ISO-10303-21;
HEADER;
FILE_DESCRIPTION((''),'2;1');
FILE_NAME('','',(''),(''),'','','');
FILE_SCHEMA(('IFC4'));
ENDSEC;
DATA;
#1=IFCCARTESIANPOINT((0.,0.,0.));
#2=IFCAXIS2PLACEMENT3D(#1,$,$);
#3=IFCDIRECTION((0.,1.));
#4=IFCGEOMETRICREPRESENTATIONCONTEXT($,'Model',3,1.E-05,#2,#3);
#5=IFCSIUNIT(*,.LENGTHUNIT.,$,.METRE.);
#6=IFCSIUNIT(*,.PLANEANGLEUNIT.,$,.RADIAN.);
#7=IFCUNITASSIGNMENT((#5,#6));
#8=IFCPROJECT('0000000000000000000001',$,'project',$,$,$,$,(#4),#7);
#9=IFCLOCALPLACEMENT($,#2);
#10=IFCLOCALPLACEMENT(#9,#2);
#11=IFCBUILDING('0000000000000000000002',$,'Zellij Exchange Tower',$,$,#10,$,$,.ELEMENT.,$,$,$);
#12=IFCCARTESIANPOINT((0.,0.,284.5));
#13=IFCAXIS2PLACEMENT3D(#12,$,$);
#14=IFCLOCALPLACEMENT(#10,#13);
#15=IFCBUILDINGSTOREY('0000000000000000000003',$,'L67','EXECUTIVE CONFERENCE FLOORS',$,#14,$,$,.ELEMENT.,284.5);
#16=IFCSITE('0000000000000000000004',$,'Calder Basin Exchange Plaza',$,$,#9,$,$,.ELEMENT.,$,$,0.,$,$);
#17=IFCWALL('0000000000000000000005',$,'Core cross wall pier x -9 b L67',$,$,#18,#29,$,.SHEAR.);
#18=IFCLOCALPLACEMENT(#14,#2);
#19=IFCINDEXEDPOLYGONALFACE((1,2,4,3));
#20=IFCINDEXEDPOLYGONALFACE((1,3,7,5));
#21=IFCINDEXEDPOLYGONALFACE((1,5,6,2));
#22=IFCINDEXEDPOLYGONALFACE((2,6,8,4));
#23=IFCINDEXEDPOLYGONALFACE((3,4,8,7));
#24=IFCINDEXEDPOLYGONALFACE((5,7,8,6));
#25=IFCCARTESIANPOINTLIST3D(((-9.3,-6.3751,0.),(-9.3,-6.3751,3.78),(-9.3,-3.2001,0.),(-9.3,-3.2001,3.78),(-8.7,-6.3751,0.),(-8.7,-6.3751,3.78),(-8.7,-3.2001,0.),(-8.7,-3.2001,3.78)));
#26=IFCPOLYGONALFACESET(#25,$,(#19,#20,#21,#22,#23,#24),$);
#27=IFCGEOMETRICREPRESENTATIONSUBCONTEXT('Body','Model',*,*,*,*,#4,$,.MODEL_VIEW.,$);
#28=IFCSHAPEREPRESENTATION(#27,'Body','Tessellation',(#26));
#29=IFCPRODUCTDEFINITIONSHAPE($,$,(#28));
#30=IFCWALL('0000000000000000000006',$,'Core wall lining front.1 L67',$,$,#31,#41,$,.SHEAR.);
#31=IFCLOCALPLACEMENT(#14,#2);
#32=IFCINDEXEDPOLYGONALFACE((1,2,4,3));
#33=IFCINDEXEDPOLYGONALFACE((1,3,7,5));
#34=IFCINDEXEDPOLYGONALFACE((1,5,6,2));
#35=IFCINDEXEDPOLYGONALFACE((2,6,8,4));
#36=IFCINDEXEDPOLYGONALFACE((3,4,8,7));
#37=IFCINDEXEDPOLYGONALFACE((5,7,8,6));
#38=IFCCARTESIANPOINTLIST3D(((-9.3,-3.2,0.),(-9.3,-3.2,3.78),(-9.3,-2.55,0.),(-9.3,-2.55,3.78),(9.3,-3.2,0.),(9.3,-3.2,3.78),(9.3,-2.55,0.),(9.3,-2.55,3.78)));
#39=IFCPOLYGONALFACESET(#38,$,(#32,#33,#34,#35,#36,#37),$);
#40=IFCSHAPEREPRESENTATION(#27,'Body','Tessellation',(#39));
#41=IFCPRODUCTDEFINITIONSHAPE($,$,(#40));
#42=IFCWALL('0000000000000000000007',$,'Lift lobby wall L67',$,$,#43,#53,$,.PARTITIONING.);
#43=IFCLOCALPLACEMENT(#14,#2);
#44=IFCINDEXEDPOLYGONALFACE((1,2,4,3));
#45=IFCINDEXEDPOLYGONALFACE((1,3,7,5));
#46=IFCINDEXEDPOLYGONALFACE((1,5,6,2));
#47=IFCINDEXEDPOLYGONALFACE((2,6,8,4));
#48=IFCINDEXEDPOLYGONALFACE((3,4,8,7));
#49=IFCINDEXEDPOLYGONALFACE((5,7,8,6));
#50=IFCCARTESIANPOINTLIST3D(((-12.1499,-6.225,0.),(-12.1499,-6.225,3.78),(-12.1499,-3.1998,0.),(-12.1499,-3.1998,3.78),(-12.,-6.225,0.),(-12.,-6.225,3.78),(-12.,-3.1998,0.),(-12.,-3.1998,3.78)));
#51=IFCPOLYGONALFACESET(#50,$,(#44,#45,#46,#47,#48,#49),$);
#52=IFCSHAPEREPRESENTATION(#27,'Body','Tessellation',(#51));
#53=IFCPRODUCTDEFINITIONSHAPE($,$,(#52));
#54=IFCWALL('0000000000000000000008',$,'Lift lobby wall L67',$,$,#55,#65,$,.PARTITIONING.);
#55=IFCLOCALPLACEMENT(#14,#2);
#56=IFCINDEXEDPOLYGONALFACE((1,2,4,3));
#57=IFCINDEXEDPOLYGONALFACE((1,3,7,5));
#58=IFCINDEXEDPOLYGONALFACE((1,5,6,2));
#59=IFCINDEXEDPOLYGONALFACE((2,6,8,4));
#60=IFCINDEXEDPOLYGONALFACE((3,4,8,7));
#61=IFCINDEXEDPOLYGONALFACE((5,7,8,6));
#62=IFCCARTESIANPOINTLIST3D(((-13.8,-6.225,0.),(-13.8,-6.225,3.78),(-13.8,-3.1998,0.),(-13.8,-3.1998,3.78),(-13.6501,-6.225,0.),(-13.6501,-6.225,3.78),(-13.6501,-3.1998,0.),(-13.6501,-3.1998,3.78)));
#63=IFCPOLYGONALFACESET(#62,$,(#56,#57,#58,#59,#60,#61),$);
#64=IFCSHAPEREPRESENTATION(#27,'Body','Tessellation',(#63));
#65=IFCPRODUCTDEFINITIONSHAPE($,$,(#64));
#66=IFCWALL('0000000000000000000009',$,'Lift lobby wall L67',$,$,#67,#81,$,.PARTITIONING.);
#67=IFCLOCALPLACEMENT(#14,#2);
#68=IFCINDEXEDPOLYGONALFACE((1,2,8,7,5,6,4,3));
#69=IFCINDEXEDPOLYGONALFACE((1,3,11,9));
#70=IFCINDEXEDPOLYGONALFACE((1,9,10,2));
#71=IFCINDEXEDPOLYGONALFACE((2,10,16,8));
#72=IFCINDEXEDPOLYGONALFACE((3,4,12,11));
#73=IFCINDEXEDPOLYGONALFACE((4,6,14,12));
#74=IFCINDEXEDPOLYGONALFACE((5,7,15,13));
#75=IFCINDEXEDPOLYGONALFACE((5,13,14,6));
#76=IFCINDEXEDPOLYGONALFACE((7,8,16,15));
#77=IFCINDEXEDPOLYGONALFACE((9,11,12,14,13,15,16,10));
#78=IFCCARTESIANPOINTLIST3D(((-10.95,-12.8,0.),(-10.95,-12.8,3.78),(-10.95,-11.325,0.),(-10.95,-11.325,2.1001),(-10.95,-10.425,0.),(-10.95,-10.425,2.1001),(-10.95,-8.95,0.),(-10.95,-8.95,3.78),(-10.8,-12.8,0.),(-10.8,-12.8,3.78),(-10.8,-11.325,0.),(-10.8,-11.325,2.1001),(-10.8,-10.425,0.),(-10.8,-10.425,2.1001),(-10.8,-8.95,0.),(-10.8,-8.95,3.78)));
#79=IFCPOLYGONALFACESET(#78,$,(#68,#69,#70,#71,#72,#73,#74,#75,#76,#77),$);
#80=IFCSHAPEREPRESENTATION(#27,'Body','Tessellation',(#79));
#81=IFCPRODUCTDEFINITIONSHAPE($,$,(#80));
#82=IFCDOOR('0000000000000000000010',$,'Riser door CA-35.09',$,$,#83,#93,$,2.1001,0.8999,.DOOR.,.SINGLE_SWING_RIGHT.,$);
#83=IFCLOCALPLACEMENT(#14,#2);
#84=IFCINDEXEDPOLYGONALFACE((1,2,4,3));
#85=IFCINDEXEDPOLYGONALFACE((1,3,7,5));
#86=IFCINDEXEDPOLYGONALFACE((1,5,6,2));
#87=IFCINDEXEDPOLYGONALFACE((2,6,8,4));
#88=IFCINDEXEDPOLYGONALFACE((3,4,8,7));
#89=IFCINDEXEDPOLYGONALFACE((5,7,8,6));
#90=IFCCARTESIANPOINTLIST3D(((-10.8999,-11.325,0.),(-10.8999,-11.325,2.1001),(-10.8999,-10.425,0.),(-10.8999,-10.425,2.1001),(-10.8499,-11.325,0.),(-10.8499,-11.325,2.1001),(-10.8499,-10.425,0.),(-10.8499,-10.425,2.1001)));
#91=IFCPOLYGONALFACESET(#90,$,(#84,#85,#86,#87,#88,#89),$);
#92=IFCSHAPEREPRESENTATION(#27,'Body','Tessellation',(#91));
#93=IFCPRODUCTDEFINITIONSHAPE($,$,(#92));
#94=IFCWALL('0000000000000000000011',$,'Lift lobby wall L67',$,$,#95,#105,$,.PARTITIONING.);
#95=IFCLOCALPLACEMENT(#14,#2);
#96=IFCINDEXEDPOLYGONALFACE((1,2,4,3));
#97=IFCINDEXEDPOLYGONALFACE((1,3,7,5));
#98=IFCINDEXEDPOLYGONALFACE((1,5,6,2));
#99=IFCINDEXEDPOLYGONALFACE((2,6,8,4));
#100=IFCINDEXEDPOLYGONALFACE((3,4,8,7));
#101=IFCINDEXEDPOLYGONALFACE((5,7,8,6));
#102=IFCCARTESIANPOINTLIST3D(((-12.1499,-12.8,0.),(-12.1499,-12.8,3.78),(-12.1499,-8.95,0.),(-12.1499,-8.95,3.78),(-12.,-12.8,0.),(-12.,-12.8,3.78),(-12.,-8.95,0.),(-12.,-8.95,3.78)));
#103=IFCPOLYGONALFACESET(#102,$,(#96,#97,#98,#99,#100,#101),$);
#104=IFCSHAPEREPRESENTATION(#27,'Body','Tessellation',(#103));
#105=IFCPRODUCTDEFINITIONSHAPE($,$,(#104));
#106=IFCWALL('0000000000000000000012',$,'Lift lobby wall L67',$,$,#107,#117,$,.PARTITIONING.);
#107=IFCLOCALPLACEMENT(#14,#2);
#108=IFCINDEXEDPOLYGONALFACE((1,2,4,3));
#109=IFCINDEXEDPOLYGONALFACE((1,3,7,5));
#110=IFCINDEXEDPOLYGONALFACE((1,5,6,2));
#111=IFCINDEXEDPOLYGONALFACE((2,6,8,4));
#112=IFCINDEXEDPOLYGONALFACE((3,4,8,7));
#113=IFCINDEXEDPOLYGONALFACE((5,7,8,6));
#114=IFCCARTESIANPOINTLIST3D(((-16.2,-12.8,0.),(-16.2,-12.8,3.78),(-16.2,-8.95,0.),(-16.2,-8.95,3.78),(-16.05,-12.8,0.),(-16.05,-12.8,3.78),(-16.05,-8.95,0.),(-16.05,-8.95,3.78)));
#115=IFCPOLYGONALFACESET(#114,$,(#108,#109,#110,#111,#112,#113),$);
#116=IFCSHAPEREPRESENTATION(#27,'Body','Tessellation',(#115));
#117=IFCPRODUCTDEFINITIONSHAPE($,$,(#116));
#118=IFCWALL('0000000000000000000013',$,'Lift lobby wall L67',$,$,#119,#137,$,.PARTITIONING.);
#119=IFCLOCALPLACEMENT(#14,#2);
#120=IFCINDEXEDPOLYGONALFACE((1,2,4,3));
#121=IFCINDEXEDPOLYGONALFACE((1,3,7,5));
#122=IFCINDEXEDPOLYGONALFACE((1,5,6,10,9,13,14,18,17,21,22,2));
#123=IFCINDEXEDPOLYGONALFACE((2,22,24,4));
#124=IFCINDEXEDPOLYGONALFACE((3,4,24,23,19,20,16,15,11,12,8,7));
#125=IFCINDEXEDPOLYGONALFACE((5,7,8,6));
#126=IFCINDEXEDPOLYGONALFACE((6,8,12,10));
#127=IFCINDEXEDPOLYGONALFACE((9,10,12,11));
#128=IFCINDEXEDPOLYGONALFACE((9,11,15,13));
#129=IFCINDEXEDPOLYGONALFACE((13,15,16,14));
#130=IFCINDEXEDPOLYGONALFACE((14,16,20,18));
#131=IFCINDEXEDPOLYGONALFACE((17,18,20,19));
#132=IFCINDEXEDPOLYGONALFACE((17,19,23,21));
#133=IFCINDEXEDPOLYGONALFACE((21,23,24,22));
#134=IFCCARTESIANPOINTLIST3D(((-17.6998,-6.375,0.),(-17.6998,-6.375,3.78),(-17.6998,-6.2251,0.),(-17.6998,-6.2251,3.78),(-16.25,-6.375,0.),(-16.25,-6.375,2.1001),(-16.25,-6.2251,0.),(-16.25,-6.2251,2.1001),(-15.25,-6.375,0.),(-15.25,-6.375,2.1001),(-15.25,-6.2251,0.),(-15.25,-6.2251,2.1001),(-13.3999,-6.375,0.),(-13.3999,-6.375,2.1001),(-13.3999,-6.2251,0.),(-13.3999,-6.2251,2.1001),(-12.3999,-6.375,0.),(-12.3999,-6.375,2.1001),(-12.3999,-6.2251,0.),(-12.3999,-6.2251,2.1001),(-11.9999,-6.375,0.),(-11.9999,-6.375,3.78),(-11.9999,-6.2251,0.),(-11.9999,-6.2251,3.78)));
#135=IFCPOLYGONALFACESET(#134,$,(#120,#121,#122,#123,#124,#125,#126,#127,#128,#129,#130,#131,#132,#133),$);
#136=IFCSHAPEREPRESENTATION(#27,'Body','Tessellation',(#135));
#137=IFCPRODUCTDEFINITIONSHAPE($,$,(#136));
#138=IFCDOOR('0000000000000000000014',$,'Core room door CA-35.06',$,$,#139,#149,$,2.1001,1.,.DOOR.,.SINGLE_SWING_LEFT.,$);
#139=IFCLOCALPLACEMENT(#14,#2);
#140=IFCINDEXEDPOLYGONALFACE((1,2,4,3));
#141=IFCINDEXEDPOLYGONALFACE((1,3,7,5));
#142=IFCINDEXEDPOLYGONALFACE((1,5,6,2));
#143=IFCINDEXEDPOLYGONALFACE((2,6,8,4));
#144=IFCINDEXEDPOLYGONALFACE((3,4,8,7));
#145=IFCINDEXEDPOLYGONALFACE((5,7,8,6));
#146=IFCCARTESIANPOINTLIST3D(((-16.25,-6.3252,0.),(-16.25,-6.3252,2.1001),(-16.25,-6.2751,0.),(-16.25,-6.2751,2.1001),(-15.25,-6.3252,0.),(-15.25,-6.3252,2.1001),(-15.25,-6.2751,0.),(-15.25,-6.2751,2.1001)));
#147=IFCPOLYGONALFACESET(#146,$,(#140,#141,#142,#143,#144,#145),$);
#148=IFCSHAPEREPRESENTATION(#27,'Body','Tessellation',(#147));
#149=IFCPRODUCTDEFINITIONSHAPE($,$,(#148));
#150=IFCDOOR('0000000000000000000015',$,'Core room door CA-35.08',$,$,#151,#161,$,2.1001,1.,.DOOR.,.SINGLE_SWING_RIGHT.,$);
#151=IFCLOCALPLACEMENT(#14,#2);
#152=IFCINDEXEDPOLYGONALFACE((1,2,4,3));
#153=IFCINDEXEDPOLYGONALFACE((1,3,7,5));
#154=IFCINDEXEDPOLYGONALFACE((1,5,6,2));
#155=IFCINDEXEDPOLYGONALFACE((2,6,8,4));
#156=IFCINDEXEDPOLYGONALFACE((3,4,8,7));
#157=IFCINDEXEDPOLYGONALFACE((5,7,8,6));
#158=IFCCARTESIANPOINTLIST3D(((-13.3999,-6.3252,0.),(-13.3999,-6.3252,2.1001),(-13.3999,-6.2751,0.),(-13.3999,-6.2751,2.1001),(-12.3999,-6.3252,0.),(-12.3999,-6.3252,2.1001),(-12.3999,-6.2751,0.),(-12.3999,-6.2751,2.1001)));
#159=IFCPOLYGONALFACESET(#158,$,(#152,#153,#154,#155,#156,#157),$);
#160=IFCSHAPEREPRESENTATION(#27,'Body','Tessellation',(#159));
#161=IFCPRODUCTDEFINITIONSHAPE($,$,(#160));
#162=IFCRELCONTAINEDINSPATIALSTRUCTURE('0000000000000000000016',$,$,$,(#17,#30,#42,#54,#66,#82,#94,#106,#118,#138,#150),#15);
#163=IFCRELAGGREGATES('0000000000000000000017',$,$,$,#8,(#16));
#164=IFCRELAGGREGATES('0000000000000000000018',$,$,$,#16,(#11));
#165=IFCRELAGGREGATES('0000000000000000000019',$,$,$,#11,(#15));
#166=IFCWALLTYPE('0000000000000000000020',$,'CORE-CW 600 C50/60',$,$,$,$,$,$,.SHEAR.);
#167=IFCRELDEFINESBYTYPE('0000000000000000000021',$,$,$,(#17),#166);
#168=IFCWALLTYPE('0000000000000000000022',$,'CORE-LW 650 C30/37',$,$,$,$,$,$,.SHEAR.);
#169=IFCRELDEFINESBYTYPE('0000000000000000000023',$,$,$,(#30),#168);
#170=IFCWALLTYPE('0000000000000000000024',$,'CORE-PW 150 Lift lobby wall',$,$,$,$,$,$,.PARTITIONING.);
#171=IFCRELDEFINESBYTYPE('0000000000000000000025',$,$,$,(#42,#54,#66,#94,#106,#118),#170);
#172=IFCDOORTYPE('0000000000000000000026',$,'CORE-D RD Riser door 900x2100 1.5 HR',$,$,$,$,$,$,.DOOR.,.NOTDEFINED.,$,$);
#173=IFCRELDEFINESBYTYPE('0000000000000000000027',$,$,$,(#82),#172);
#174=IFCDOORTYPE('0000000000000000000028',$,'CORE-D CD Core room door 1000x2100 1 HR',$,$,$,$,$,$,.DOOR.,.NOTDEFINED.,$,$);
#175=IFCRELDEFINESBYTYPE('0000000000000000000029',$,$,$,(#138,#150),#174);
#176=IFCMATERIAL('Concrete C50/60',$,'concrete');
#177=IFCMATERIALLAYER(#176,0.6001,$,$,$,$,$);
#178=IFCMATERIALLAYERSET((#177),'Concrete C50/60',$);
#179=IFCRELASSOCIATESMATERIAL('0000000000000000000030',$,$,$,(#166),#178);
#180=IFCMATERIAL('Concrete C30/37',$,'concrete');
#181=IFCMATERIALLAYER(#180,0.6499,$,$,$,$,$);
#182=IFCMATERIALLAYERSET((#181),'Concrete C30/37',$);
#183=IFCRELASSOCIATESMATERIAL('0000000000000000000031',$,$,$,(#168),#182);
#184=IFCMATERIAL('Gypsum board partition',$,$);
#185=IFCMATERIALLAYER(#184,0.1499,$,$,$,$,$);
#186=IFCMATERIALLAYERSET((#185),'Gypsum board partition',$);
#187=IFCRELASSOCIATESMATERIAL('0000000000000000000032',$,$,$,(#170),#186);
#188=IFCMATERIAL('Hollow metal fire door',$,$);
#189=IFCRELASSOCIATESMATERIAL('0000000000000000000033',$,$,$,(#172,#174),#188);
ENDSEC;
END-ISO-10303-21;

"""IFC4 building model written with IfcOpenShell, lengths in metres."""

from ifc_helpers import new_model, si_unit, direction, frame, frame_2d, origin, place, context, subcontext, project, spatial, rectangle, extrude, material, layer, layer_set, type_object, element, fill, save


model = new_model("IFC4")

# Units and contexts
model_context = context("Model", 3, precision=1e-05, world=origin(), true_north=direction((0.0, 1.0)))
body_context = subcontext(model_context, "Body", "Model", "MODEL_VIEW")
ifc_project = project(units=[si_unit("LENGTHUNIT", "METRE"), si_unit("PLANEANGLEUNIT", "RADIAN")], contexts=[model_context])

# Site, building, storey
site_placement = place(None, origin())
site = spatial("IfcSite", under=ifc_project, at=site_placement, Name="Calder Basin Exchange Plaza", CompositionType="ELEMENT", RefElevation=0.0)
building_placement = place(site_placement, origin())
building = spatial("IfcBuilding", under=site, at=building_placement, Name="Zellij Exchange Tower", CompositionType="ELEMENT")
storey_placement = place(building_placement, frame((0.0, 0.0, 284.5)))
storey = spatial("IfcBuildingStorey", under=building, at=storey_placement, Name="L67", Description="EXECUTIVE CONFERENCE FLOORS", CompositionType="ELEMENT", Elevation=284.5)

# Shared definitions
ifc_material_1 = material(Name="Concrete C50/60", Category="concrete")

# Walls
ifc_layer_1 = layer(ifc_material_1, 0.6001)
ifc_layer_set_1 = layer_set([ifc_layer_1], Name="Concrete C50/60")
wall_type_1 = type_object("IfcWallType", Name="CORE-CW 600 C50/60", PredefinedType="SHEAR", material=ifc_layer_set_1)
wall_1_placement = place(storey_placement, frame((-9.0, -6.375, 0.0), z_axis=(0.0, 0.0, 1.0), x_axis=(0.0, 1.0, 0.0)))
element("IfcWall", 1, at=wall_1_placement, inside=storey, type_object=wall_type_1, Name="Core cross wall pier x -9 b L67", PredefinedType="SHEAR", context=body_context, shape_type="SweptSolid", body=[
    extrude(rectangle(XDim=3.175, YDim=0.6001, at=frame_2d((1.5874, 0.0))), origin(), (0.0, 0.0, 1.0), 3.78),
])
ifc_material_2 = material(Name="Concrete C30/37", Category="concrete")
ifc_layer_2 = layer(ifc_material_2, 0.6499)
ifc_layer_set_2 = layer_set([ifc_layer_2], Name="Concrete C30/37")
wall_type_2 = type_object("IfcWallType", Name="CORE-LW 650 C30/37", PredefinedType="SHEAR", material=ifc_layer_set_2)
wall_2_placement = place(storey_placement, frame((-9.3, -2.875, 0.0), z_axis=(0.0, 0.0, 1.0), x_axis=(1.0, 0.0, 0.0)))
element("IfcWall", 2, at=wall_2_placement, inside=storey, type_object=wall_type_2, Name="Core wall lining front.1 L67", PredefinedType="SHEAR", context=body_context, shape_type="SweptSolid", body=[
    extrude(rectangle(XDim=18.6001, YDim=0.6499, at=frame_2d((9.3, 0.0))), origin(), (0.0, 0.0, 1.0), 3.78),
])
ifc_material_3 = material(Name="Gypsum board partition")
ifc_layer_3 = layer(ifc_material_3, 0.1499)
ifc_layer_set_3 = layer_set([ifc_layer_3], Name="Gypsum board partition")
wall_type_3 = type_object("IfcWallType", Name="CORE-PW 150 Lift lobby wall", PredefinedType="PARTITIONING", material=ifc_layer_set_3)
for number, where, z_axis, x_axis, name in (
    (3, (-12.075, -6.2251, 0.0), (0.0, 0.0, 1.0), (0.0, 1.0, 0.0), "Lift lobby wall L67"),
    (4, (-13.7251, -6.2251, 0.0), (0.0, 0.0, 1.0), (0.0, 1.0, 0.0), "Lift lobby wall L67"),
):
    element("IfcWall", number, at=place(storey_placement, frame(where, z_axis=z_axis, x_axis=x_axis)), inside=storey, type_object=wall_type_3, Name=name, PredefinedType="PARTITIONING", context=body_context, shape_type="SweptSolid", body=[
        extrude(rectangle(XDim=3.0251, YDim=0.1499, at=frame_2d((1.5127, 0.0))), origin(), (0.0, 0.0, 1.0), 3.78),
    ])

# Wall, opening, door
wall_3_placement = place(storey_placement, frame((-10.875, -12.8, 0.0), z_axis=(0.0, 0.0, 1.0), x_axis=(0.0, 1.0, 0.0)))
wall_3 = element("IfcWall", 5, at=wall_3_placement, inside=storey, type_object=wall_type_3, Name="Lift lobby wall L67", PredefinedType="PARTITIONING", context=body_context, shape_type="SweptSolid", body=[
    extrude(rectangle(XDim=3.8501, YDim=0.1499, at=frame_2d((1.925, 0.0))), origin(), (0.0, 0.0, 1.0), 3.78),
])
opening_1_placement = place(wall_3_placement, frame((1.4751, 0.0, 0.0)))
opening_1 = element("IfcOpeningElement", 6, at=opening_1_placement, cuts=wall_3, PredefinedType="OPENING", context=body_context, shape_type="SweptSolid", body=[
    extrude(rectangle(XDim=0.8999, YDim=2.1001, at=frame_2d((0.45, 1.05))), frame((0.0, 0.0869, 0.0), z_axis=(0.0, -1.0, 0.0), x_axis=(1.0, 0.0, 0.0)), (0.0, 0.0, 1.0), 0.1738),
])
ifc_material_4 = material(Name="Hollow metal fire door")
door_type_1 = type_object("IfcDoorType", Name="CORE-D RD Riser door 900x2100 1.5 HR", OperationType="NOTDEFINED", PredefinedType="DOOR", material=ifc_material_4)
door_1_placement = place(opening_1_placement, origin())
door_1 = element("IfcDoor", 7, at=door_1_placement, inside=storey, type_object=door_type_1, Name="Riser door CA-35.09", OperationType="SINGLE_SWING_RIGHT", OverallHeight=2.1001, OverallWidth=0.8999, PredefinedType="DOOR", context=body_context, shape_type="SweptSolid", body=[
    extrude(rectangle(XDim=0.8999, YDim=2.1001, at=frame_2d((0.45, 1.05))), frame((0.0, 0.0249, 0.0), z_axis=(0.0, -1.0, 0.0), x_axis=(1.0, 0.0, 0.0)), (0.0, 0.0, 1.0), 0.05),
])
fill(opening_1, door_1)

# Walls
for number, where, z_axis, x_axis, name in (
    (8, (-12.075, -12.8, 0.0), (0.0, 0.0, 1.0), (0.0, 1.0, 0.0), "Lift lobby wall L67"),
    (9, (-16.125, -12.8, 0.0), (0.0, 0.0, 1.0), (0.0, 1.0, 0.0), "Lift lobby wall L67"),
):
    element("IfcWall", number, at=place(storey_placement, frame(where, z_axis=z_axis, x_axis=x_axis)), inside=storey, type_object=wall_type_3, Name=name, PredefinedType="PARTITIONING", context=body_context, shape_type="SweptSolid", body=[
        extrude(rectangle(XDim=3.8501, YDim=0.1499, at=frame_2d((1.925, 0.0))), origin(), (0.0, 0.0, 1.0), 3.78),
    ])

# Wall, openings, doors
wall_4_placement = place(storey_placement, frame((-17.7, -6.3, 0.0), z_axis=(0.0, 0.0, 1.0), x_axis=(1.0, 0.0, 0.0)))
wall_4 = element("IfcWall", 10, at=wall_4_placement, inside=storey, type_object=wall_type_3, Name="Lift lobby wall L67", PredefinedType="PARTITIONING", context=body_context, shape_type="SweptSolid", body=[
    extrude(rectangle(XDim=5.7, YDim=0.1499, at=frame_2d((2.8501, 0.0))), origin(), (0.0, 0.0, 1.0), 3.78),
])
opening_2_placement = place(wall_4_placement, frame((1.45, 0.0, 0.0)))
opening_2 = element("IfcOpeningElement", 11, at=opening_2_placement, cuts=wall_4, PredefinedType="OPENING", context=body_context, shape_type="SweptSolid", body=[
    extrude(rectangle(XDim=1.0, YDim=2.1001, at=frame_2d((0.5, 1.05))), frame((0.0, 0.0869, 0.0), z_axis=(0.0, -1.0, 0.0), x_axis=(1.0, 0.0, 0.0)), (0.0, 0.0, 1.0), 0.1738),
])
opening_3_placement = place(wall_4_placement, frame((4.3, 0.0, 0.0)))
opening_3 = element("IfcOpeningElement", 12, at=opening_3_placement, cuts=wall_4, PredefinedType="OPENING", context=body_context, shape_type="SweptSolid", body=[
    extrude(rectangle(XDim=1.0, YDim=2.1001, at=frame_2d((0.5, 1.05))), frame((0.0, 0.0869, 0.0), z_axis=(0.0, -1.0, 0.0), x_axis=(1.0, 0.0, 0.0)), (0.0, 0.0, 1.0), 0.1738),
])
door_type_2 = type_object("IfcDoorType", Name="CORE-D CD Core room door 1000x2100 1 HR", OperationType="NOTDEFINED", PredefinedType="DOOR", material=ifc_material_4)
door_2_placement = place(opening_2_placement, origin())
door_2 = element("IfcDoor", 13, at=door_2_placement, inside=storey, type_object=door_type_2, Name="Core room door CA-35.06", OperationType="SINGLE_SWING_LEFT", OverallHeight=2.1001, OverallWidth=1.0, PredefinedType="DOOR", context=body_context, shape_type="SweptSolid", body=[
    extrude(rectangle(XDim=1.0, YDim=2.1001, at=frame_2d((0.5, 1.05))), frame((0.0, 0.0249, 0.0), z_axis=(0.0, -1.0, 0.0), x_axis=(1.0, 0.0, 0.0)), (0.0, 0.0, 1.0), 0.05),
])
fill(opening_2, door_2)
door_3_placement = place(opening_3_placement, origin())
door_3 = element("IfcDoor", 14, at=door_3_placement, inside=storey, type_object=door_type_2, Name="Core room door CA-35.08", OperationType="SINGLE_SWING_RIGHT", OverallHeight=2.1001, OverallWidth=1.0, PredefinedType="DOOR", context=body_context, shape_type="SweptSolid", body=[
    extrude(rectangle(XDim=1.0, YDim=2.1001, at=frame_2d((0.5, 1.05))), frame((0.0, 0.0249, 0.0), z_axis=(0.0, -1.0, 0.0), x_axis=(1.0, 0.0, 0.0)), (0.0, 0.0, 1.0), 0.05),
])
fill(opening_3, door_3)

save(model, "model.ifc")
